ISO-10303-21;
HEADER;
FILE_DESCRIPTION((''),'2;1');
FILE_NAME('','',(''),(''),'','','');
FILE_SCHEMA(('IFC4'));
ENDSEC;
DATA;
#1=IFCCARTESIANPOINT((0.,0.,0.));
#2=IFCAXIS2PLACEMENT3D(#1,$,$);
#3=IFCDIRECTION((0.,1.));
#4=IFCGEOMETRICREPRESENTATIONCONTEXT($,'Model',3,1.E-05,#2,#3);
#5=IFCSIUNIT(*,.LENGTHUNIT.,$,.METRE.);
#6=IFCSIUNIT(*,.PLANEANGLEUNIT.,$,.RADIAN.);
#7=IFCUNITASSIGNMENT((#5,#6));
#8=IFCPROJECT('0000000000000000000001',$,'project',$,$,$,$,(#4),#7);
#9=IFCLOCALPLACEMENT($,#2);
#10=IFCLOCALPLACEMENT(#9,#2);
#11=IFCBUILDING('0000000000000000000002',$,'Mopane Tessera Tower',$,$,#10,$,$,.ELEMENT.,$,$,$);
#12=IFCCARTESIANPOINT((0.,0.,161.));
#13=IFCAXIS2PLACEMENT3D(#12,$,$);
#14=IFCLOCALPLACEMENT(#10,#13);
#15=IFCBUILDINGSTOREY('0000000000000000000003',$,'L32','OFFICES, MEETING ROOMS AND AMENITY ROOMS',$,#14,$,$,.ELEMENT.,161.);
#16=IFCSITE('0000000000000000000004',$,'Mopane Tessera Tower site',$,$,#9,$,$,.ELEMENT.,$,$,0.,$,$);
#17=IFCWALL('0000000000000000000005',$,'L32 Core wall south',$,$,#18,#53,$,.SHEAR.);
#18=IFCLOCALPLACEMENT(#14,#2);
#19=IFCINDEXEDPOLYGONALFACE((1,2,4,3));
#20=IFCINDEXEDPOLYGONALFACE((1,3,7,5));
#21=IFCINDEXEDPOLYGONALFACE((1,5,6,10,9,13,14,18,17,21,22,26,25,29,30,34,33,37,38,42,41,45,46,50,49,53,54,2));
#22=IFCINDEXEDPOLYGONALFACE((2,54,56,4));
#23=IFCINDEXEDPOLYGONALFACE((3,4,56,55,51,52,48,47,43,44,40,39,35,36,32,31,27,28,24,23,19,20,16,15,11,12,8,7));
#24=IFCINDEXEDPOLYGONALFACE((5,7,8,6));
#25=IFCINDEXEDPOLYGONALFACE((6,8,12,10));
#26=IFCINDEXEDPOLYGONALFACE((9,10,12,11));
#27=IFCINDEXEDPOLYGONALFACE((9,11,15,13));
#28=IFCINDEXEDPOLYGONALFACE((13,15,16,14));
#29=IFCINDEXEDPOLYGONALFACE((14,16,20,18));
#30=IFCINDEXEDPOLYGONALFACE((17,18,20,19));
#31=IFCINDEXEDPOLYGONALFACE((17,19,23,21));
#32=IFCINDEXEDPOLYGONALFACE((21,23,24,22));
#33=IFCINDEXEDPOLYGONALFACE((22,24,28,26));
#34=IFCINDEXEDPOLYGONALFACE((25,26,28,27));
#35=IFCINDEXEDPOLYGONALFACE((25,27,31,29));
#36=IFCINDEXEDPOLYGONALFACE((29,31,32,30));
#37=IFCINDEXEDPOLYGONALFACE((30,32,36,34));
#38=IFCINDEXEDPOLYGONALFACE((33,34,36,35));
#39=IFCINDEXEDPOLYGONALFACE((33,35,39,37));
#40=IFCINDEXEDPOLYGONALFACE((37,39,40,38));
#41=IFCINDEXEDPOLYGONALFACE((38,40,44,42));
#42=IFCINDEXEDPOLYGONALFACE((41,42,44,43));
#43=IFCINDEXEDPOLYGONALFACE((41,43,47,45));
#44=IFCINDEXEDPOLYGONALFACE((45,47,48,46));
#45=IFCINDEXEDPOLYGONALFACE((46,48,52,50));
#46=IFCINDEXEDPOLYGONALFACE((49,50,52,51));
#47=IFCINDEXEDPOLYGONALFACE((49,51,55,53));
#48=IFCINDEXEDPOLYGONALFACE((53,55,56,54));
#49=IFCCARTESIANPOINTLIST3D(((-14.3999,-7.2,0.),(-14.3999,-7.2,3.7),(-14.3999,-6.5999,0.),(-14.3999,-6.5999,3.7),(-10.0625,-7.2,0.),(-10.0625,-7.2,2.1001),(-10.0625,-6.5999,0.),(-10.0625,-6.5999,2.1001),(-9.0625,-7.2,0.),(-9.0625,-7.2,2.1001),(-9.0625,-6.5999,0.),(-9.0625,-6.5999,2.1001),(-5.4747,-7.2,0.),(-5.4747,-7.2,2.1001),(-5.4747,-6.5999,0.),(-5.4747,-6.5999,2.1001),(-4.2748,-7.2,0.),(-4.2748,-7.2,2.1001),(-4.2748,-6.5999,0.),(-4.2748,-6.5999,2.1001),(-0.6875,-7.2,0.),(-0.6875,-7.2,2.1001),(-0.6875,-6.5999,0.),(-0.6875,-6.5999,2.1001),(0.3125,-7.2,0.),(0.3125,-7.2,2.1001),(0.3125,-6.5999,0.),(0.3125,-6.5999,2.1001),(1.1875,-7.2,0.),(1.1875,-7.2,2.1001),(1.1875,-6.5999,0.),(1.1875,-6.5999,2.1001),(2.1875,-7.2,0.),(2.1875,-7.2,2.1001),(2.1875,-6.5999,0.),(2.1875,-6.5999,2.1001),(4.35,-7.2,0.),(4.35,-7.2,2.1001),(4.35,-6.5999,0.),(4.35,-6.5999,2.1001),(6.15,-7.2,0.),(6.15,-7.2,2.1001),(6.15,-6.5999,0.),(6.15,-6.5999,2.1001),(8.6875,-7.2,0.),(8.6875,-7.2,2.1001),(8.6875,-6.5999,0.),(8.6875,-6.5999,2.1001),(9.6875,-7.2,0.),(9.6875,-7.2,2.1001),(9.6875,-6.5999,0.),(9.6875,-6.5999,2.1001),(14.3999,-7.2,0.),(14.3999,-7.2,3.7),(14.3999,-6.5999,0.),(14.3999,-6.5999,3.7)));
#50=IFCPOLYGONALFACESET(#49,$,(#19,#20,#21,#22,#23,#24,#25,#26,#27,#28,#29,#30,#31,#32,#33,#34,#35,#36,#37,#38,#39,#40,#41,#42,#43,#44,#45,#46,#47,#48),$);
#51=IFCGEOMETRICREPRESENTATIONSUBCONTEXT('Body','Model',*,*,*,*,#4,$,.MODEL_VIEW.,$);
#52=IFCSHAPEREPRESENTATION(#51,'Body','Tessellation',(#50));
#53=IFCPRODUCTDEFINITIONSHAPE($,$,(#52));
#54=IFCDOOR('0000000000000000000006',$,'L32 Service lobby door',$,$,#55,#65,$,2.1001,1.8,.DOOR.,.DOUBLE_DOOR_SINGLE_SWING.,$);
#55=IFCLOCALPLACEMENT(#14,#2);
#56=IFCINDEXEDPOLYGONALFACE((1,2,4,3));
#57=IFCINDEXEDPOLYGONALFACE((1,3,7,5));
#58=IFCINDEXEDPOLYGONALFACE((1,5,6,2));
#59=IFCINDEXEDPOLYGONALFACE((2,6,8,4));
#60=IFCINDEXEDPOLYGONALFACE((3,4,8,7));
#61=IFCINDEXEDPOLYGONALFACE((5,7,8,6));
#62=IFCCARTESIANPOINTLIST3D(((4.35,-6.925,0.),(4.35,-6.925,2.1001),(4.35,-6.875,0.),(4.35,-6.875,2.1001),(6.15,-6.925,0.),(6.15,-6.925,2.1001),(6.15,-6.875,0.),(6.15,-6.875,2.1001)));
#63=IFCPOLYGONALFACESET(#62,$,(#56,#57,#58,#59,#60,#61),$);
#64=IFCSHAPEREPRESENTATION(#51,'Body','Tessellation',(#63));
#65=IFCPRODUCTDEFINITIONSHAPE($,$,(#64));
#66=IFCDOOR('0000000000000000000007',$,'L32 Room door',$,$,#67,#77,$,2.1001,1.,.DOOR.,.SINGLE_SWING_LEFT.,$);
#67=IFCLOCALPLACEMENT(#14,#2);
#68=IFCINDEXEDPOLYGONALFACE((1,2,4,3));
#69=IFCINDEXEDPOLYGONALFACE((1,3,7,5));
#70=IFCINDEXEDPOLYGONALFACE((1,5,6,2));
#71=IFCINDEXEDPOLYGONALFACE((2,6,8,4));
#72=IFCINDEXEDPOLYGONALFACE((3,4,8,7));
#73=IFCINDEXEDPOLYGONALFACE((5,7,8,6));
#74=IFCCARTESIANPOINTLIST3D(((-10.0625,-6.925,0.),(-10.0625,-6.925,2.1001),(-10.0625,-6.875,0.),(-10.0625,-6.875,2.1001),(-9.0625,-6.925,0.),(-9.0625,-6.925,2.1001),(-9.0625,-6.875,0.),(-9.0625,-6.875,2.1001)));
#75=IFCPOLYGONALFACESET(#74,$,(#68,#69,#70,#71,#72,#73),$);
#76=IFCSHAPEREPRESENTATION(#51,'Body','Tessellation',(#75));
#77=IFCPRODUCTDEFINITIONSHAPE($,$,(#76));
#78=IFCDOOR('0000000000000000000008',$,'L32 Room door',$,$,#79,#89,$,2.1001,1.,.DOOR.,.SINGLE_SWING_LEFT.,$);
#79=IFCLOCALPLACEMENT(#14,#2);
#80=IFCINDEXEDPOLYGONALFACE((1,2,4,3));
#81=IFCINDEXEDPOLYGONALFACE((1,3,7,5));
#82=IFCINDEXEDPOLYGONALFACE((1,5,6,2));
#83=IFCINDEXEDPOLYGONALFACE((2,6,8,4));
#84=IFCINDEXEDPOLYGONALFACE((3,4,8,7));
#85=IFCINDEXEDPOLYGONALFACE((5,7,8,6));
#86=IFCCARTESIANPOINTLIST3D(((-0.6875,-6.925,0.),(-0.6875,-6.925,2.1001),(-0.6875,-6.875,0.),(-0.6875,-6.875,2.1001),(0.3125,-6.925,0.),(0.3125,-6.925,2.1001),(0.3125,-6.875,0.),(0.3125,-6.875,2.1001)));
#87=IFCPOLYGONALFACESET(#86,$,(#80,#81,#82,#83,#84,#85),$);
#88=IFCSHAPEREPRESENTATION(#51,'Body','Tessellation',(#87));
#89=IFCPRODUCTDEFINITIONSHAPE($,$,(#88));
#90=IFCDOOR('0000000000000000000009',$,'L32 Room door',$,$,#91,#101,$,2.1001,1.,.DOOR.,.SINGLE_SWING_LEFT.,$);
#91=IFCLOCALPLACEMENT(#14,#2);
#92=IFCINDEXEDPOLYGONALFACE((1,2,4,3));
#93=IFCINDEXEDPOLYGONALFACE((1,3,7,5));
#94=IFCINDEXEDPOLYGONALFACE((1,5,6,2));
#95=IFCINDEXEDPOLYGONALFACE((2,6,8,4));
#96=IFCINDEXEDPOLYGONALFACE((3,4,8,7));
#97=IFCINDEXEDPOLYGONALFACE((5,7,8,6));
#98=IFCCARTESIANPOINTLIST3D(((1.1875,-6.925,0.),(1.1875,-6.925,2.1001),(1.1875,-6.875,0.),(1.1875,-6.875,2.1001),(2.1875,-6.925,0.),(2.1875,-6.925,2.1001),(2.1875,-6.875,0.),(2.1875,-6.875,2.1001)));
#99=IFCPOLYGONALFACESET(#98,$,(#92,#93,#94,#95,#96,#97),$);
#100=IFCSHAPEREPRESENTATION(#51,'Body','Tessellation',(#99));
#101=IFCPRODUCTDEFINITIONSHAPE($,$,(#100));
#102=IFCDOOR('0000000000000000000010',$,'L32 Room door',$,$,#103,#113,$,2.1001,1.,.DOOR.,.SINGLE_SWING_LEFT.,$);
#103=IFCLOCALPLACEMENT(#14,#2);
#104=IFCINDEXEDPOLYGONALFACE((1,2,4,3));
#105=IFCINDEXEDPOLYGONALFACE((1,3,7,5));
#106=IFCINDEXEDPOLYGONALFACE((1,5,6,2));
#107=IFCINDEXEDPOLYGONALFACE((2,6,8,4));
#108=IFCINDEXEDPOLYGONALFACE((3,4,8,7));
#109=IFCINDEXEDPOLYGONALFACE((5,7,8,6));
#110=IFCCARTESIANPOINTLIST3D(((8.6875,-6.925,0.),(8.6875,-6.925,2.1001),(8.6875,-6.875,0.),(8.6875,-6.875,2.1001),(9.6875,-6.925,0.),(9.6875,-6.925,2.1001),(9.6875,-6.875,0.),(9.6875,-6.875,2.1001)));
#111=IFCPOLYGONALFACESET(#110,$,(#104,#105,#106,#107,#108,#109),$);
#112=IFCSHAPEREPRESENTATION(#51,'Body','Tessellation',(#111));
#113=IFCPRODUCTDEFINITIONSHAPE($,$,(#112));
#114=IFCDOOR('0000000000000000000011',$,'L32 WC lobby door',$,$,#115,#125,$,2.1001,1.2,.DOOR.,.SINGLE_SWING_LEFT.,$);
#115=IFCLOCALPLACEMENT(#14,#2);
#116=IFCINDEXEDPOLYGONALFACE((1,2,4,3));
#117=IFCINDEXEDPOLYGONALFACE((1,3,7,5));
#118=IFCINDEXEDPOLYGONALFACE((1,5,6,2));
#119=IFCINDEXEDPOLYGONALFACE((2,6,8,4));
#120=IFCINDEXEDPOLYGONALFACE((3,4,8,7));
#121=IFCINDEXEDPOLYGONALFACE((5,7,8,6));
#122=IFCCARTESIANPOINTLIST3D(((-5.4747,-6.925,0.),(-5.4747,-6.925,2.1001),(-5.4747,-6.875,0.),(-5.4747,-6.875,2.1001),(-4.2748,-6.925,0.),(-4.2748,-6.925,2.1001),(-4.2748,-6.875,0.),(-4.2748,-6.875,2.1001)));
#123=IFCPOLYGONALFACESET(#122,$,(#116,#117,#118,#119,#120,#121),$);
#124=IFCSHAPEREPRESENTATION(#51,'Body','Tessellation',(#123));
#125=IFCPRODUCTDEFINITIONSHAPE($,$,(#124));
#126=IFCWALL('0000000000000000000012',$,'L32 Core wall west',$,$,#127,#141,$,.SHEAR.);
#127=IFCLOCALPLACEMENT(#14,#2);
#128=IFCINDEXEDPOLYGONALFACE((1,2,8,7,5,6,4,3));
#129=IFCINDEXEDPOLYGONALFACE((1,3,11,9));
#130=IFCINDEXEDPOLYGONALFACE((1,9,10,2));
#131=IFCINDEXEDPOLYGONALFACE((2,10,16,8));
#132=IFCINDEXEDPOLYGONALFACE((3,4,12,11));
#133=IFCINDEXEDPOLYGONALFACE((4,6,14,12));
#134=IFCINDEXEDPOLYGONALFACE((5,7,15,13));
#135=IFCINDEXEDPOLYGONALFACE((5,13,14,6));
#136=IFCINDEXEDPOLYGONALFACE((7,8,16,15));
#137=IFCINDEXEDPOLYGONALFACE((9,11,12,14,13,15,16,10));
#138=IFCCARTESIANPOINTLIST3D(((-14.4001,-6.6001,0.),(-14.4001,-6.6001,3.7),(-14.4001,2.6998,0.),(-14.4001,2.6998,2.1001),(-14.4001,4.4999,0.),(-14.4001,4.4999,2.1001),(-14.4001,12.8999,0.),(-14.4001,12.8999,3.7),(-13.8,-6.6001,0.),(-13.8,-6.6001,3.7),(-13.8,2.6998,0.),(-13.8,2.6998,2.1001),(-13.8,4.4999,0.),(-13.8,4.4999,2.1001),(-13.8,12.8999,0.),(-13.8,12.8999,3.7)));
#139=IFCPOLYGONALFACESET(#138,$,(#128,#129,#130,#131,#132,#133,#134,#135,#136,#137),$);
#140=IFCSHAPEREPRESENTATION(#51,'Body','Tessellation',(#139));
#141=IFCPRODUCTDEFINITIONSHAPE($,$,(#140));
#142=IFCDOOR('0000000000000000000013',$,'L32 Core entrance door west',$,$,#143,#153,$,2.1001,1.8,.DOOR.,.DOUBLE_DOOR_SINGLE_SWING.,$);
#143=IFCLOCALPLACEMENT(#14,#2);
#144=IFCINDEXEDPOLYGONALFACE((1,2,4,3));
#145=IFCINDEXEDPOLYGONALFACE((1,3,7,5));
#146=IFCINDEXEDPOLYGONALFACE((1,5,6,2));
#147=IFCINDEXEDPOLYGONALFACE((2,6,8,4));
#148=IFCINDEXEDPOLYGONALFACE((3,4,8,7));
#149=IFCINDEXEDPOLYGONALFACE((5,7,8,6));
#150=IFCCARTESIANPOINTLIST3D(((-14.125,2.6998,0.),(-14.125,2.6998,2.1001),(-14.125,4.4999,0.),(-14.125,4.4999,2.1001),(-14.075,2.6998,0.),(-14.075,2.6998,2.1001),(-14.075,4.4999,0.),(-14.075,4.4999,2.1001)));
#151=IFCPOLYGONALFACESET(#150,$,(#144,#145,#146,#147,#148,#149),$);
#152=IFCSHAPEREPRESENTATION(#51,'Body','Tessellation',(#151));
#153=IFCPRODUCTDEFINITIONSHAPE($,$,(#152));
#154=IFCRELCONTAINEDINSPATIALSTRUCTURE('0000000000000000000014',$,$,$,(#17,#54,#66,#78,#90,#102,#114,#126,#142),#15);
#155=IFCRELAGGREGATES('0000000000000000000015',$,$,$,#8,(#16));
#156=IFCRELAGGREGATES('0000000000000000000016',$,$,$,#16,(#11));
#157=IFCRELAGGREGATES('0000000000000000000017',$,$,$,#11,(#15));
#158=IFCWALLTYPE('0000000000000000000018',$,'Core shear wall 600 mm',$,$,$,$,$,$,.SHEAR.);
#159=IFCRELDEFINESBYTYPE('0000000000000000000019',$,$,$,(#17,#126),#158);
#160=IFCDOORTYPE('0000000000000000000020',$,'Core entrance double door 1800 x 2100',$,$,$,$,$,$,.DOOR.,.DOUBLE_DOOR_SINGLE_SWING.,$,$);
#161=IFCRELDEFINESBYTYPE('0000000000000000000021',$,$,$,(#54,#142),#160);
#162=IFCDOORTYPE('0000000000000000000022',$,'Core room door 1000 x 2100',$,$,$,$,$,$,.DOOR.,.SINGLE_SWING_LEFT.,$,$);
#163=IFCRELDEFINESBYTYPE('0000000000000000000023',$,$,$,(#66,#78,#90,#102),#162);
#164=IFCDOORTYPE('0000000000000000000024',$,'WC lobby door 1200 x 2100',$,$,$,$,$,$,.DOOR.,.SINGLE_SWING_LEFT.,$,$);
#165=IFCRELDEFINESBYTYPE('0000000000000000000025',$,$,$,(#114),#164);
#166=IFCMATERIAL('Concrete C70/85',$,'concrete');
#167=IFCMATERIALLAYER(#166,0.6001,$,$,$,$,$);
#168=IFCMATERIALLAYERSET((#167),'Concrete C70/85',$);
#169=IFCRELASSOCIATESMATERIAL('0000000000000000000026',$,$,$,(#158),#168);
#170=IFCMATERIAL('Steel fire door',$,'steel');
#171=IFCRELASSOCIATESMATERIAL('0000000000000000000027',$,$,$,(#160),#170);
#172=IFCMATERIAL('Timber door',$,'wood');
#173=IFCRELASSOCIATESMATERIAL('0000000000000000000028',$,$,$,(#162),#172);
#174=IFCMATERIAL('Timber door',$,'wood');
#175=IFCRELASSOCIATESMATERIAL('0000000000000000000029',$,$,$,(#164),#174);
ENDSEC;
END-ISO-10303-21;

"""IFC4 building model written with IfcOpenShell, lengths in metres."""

from ifc_helpers import new_model, si_unit, direction, frame, frame_2d, origin, place, context, subcontext, project, spatial, rectangle, extrude, material, layer, layer_set, type_object, element, fill, save


model = new_model("IFC4")

# Units and contexts
model_context = context("Model", 3, precision=1e-05, world=origin(), true_north=direction((0.0, 1.0)))
body_context = subcontext(model_context, "Body", "Model", "MODEL_VIEW")
ifc_project = project(units=[si_unit("LENGTHUNIT", "METRE"), si_unit("PLANEANGLEUNIT", "RADIAN")], contexts=[model_context])

# Site, building, storey
site_placement = place(None, origin())
site = spatial("IfcSite", under=ifc_project, at=site_placement, Name="Mopane Tessera Tower site", CompositionType="ELEMENT", RefElevation=0.0)
building_placement = place(site_placement, origin())
building = spatial("IfcBuilding", under=site, at=building_placement, Name="Mopane Tessera Tower", CompositionType="ELEMENT")
storey_placement = place(building_placement, frame((0.0, 0.0, 161.0)))
storey = spatial("IfcBuildingStorey", under=building, at=storey_placement, Name="L32", Description="OFFICES, MEETING ROOMS AND AMENITY ROOMS", CompositionType="ELEMENT", Elevation=161.0)

# Wall, openings, doors
ifc_material_1 = material(Name="Concrete C70/85", Category="concrete")
ifc_layer_1 = layer(ifc_material_1, 0.6001)
ifc_layer_set_1 = layer_set([ifc_layer_1], Name="Concrete C70/85")
wall_type_1 = type_object("IfcWallType", Name="Core shear wall 600 mm", PredefinedType="SHEAR", material=ifc_layer_set_1)
wall_1_placement = place(storey_placement, frame((-14.3999, -6.8999, 0.0), z_axis=(0.0, 0.0, 1.0), x_axis=(1.0, 0.0, 0.0)))
wall_1 = element("IfcWall", 1, at=wall_1_placement, inside=storey, type_object=wall_type_1, Name="L32 Core wall south", PredefinedType="SHEAR", context=body_context, shape_type="SweptSolid", body=[
    extrude(rectangle(XDim=28.7998, YDim=0.6001, at=frame_2d((14.3999, 0.0))), origin(), (0.0, 0.0, 1.0), 3.7),
])
opening_1_placement = place(wall_1_placement, frame((4.3374, 0.0, 0.0)))
opening_1 = element("IfcOpeningElement", 2, at=opening_1_placement, cuts=wall_1, PredefinedType="OPENING", context=body_context, shape_type="SweptSolid", body=[
    extrude(rectangle(XDim=1.0, YDim=2.1001, at=frame_2d((0.5, 1.05))), frame((0.0, 0.312, 0.0), z_axis=(0.0, -1.0, 0.0), x_axis=(1.0, 0.0, 0.0)), (0.0, 0.0, 1.0), 0.624),
])
opening_2_placement = place(wall_1_placement, frame((8.925, 0.0, 0.0)))
opening_2 = element("IfcOpeningElement", 3, at=opening_2_placement, cuts=wall_1, PredefinedType="OPENING", context=body_context, shape_type="SweptSolid", body=[
    extrude(rectangle(XDim=1.2, YDim=2.1001, at=frame_2d((0.6001, 1.05))), frame((0.0, 0.312, 0.0), z_axis=(0.0, -1.0, 0.0), x_axis=(1.0, 0.0, 0.0)), (0.0, 0.0, 1.0), 0.624),
])
opening_3_placement = place(wall_1_placement, frame((13.7124, 0.0, 0.0)))
opening_3 = element("IfcOpeningElement", 4, at=opening_3_placement, cuts=wall_1, PredefinedType="OPENING", context=body_context, shape_type="SweptSolid", body=[
    extrude(rectangle(XDim=1.0, YDim=2.1001, at=frame_2d((0.5, 1.05))), frame((0.0, 0.312, 0.0), z_axis=(0.0, -1.0, 0.0), x_axis=(1.0, 0.0, 0.0)), (0.0, 0.0, 1.0), 0.624),
])
opening_4_placement = place(wall_1_placement, frame((15.5874, 0.0, 0.0)))
opening_4 = element("IfcOpeningElement", 5, at=opening_4_placement, cuts=wall_1, PredefinedType="OPENING", context=body_context, shape_type="SweptSolid", body=[
    extrude(rectangle(XDim=1.0, YDim=2.1001, at=frame_2d((0.5, 1.05))), frame((0.0, 0.312, 0.0), z_axis=(0.0, -1.0, 0.0), x_axis=(1.0, 0.0, 0.0)), (0.0, 0.0, 1.0), 0.624),
])
opening_5_placement = place(wall_1_placement, frame((18.75, 0.0, 0.0)))
opening_5 = element("IfcOpeningElement", 6, at=opening_5_placement, cuts=wall_1, PredefinedType="OPENING", context=body_context, shape_type="SweptSolid", body=[
    extrude(rectangle(XDim=1.8, YDim=2.1001, at=frame_2d((0.8999, 1.05))), frame((0.0, 0.312, 0.0), z_axis=(0.0, -1.0, 0.0), x_axis=(1.0, 0.0, 0.0)), (0.0, 0.0, 1.0), 0.624),
])
opening_6_placement = place(wall_1_placement, frame((23.0874, 0.0, 0.0)))
opening_6 = element("IfcOpeningElement", 7, at=opening_6_placement, cuts=wall_1, PredefinedType="OPENING", context=body_context, shape_type="SweptSolid", body=[
    extrude(rectangle(XDim=1.0, YDim=2.1001, at=frame_2d((0.5, 1.05))), frame((0.0, 0.312, 0.0), z_axis=(0.0, -1.0, 0.0), x_axis=(1.0, 0.0, 0.0)), (0.0, 0.0, 1.0), 0.624),
])
ifc_material_2 = material(Name="Steel fire door", Category="steel")
door_type_1 = type_object("IfcDoorType", Name="Core entrance double door 1800 x 2100", OperationType="DOUBLE_DOOR_SINGLE_SWING", PredefinedType="DOOR", material=ifc_material_2)
door_1_placement = place(opening_5_placement, origin())
door_1 = element("IfcDoor", 8, at=door_1_placement, inside=storey, type_object=door_type_1, Name="L32 Service lobby door", OperationType="DOUBLE_DOOR_SINGLE_SWING", OverallHeight=2.1001, OverallWidth=1.8, PredefinedType="DOOR", context=body_context, shape_type="SweptSolid", body=[
    extrude(rectangle(XDim=1.8, YDim=2.1001, at=frame_2d((0.8999, 1.05))), frame((0.0, 0.0249, 0.0), z_axis=(0.0, -1.0, 0.0), x_axis=(1.0, 0.0, 0.0)), (0.0, 0.0, 1.0), 0.05),
])
fill(opening_5, door_1)
ifc_material_3 = material(Name="Timber door", Category="wood")
door_type_2 = type_object("IfcDoorType", Name="Core room door 1000 x 2100", OperationType="SINGLE_SWING_LEFT", PredefinedType="DOOR", material=ifc_material_3)
door_2_placement = place(opening_1_placement, origin())
door_2 = element("IfcDoor", 9, at=door_2_placement, inside=storey, type_object=door_type_2, Name="L32 Room door", OperationType="SINGLE_SWING_LEFT", OverallHeight=2.1001, OverallWidth=1.0, PredefinedType="DOOR", context=body_context, shape_type="SweptSolid", body=[
    extrude(rectangle(XDim=1.0, YDim=2.1001, at=frame_2d((0.5, 1.05))), frame((0.0, 0.0249, 0.0), z_axis=(0.0, -1.0, 0.0), x_axis=(1.0, 0.0, 0.0)), (0.0, 0.0, 1.0), 0.05),
])
fill(opening_1, door_2)
door_3_placement = place(opening_3_placement, origin())
door_3 = element("IfcDoor", 10, at=door_3_placement, inside=storey, type_object=door_type_2, Name="L32 Room door", OperationType="SINGLE_SWING_LEFT", OverallHeight=2.1001, OverallWidth=1.0, PredefinedType="DOOR", context=body_context, shape_type="SweptSolid", body=[
    extrude(rectangle(XDim=1.0, YDim=2.1001, at=frame_2d((0.5, 1.05))), frame((0.0, 0.0249, 0.0), z_axis=(0.0, -1.0, 0.0), x_axis=(1.0, 0.0, 0.0)), (0.0, 0.0, 1.0), 0.05),
])
fill(opening_3, door_3)
door_4_placement = place(opening_4_placement, origin())
door_4 = element("IfcDoor", 11, at=door_4_placement, inside=storey, type_object=door_type_2, Name="L32 Room door", OperationType="SINGLE_SWING_LEFT", OverallHeight=2.1001, OverallWidth=1.0, PredefinedType="DOOR", context=body_context, shape_type="SweptSolid", body=[
    extrude(rectangle(XDim=1.0, YDim=2.1001, at=frame_2d((0.5, 1.05))), frame((0.0, 0.0249, 0.0), z_axis=(0.0, -1.0, 0.0), x_axis=(1.0, 0.0, 0.0)), (0.0, 0.0, 1.0), 0.05),
])
fill(opening_4, door_4)
door_5_placement = place(opening_6_placement, origin())
door_5 = element("IfcDoor", 12, at=door_5_placement, inside=storey, type_object=door_type_2, Name="L32 Room door", OperationType="SINGLE_SWING_LEFT", OverallHeight=2.1001, OverallWidth=1.0, PredefinedType="DOOR", context=body_context, shape_type="SweptSolid", body=[
    extrude(rectangle(XDim=1.0, YDim=2.1001, at=frame_2d((0.5, 1.05))), frame((0.0, 0.0249, 0.0), z_axis=(0.0, -1.0, 0.0), x_axis=(1.0, 0.0, 0.0)), (0.0, 0.0, 1.0), 0.05),
])
fill(opening_6, door_5)
ifc_material_4 = material(Name="Timber door", Category="wood")
door_type_3 = type_object("IfcDoorType", Name="WC lobby door 1200 x 2100", OperationType="SINGLE_SWING_LEFT", PredefinedType="DOOR", material=ifc_material_4)
door_6_placement = place(opening_2_placement, origin())
door_6 = element("IfcDoor", 13, at=door_6_placement, inside=storey, type_object=door_type_3, Name="L32 WC lobby door", OperationType="SINGLE_SWING_LEFT", OverallHeight=2.1001, OverallWidth=1.2, PredefinedType="DOOR", context=body_context, shape_type="SweptSolid", body=[
    extrude(rectangle(XDim=1.2, YDim=2.1001, at=frame_2d((0.6001, 1.05))), frame((0.0, 0.0249, 0.0), z_axis=(0.0, -1.0, 0.0), x_axis=(1.0, 0.0, 0.0)), (0.0, 0.0, 1.0), 0.05),
])
fill(opening_2, door_6)

# Wall, opening, door
wall_2_placement = place(storey_placement, frame((-14.1001, -6.6001, 0.0), z_axis=(0.0, 0.0, 1.0), x_axis=(0.0, 1.0, 0.0)))
wall_2 = element("IfcWall", 14, at=wall_2_placement, inside=storey, type_object=wall_type_1, Name="L32 Core wall west", PredefinedType="SHEAR", context=body_context, shape_type="SweptSolid", body=[
    extrude(rectangle(XDim=19.5, YDim=0.6001, at=frame_2d((9.75, 0.0))), origin(), (0.0, 0.0, 1.0), 3.7),
])
opening_7_placement = place(wall_2_placement, frame((9.3, 0.0, 0.0)))
opening_7 = element("IfcOpeningElement", 15, at=opening_7_placement, cuts=wall_2, PredefinedType="OPENING", context=body_context, shape_type="SweptSolid", body=[
    extrude(rectangle(XDim=1.8, YDim=2.1001, at=frame_2d((0.8999, 1.05))), frame((0.0, 0.312, 0.0), z_axis=(0.0, -1.0, 0.0), x_axis=(1.0, 0.0, 0.0)), (0.0, 0.0, 1.0), 0.624),
])
door_7_placement = place(opening_7_placement, origin())
door_7 = element("IfcDoor", 16, at=door_7_placement, inside=storey, type_object=door_type_1, Name="L32 Core entrance door west", OperationType="DOUBLE_DOOR_SINGLE_SWING", OverallHeight=2.1001, OverallWidth=1.8, PredefinedType="DOOR", context=body_context, shape_type="SweptSolid", body=[
    extrude(rectangle(XDim=1.8, YDim=2.1001, at=frame_2d((0.8999, 1.05))), frame((0.0, 0.0249, 0.0), z_axis=(0.0, -1.0, 0.0), x_axis=(1.0, 0.0, 0.0)), (0.0, 0.0, 1.0), 0.05),
])
fill(opening_7, door_7)

save(model, "model.ifc")
